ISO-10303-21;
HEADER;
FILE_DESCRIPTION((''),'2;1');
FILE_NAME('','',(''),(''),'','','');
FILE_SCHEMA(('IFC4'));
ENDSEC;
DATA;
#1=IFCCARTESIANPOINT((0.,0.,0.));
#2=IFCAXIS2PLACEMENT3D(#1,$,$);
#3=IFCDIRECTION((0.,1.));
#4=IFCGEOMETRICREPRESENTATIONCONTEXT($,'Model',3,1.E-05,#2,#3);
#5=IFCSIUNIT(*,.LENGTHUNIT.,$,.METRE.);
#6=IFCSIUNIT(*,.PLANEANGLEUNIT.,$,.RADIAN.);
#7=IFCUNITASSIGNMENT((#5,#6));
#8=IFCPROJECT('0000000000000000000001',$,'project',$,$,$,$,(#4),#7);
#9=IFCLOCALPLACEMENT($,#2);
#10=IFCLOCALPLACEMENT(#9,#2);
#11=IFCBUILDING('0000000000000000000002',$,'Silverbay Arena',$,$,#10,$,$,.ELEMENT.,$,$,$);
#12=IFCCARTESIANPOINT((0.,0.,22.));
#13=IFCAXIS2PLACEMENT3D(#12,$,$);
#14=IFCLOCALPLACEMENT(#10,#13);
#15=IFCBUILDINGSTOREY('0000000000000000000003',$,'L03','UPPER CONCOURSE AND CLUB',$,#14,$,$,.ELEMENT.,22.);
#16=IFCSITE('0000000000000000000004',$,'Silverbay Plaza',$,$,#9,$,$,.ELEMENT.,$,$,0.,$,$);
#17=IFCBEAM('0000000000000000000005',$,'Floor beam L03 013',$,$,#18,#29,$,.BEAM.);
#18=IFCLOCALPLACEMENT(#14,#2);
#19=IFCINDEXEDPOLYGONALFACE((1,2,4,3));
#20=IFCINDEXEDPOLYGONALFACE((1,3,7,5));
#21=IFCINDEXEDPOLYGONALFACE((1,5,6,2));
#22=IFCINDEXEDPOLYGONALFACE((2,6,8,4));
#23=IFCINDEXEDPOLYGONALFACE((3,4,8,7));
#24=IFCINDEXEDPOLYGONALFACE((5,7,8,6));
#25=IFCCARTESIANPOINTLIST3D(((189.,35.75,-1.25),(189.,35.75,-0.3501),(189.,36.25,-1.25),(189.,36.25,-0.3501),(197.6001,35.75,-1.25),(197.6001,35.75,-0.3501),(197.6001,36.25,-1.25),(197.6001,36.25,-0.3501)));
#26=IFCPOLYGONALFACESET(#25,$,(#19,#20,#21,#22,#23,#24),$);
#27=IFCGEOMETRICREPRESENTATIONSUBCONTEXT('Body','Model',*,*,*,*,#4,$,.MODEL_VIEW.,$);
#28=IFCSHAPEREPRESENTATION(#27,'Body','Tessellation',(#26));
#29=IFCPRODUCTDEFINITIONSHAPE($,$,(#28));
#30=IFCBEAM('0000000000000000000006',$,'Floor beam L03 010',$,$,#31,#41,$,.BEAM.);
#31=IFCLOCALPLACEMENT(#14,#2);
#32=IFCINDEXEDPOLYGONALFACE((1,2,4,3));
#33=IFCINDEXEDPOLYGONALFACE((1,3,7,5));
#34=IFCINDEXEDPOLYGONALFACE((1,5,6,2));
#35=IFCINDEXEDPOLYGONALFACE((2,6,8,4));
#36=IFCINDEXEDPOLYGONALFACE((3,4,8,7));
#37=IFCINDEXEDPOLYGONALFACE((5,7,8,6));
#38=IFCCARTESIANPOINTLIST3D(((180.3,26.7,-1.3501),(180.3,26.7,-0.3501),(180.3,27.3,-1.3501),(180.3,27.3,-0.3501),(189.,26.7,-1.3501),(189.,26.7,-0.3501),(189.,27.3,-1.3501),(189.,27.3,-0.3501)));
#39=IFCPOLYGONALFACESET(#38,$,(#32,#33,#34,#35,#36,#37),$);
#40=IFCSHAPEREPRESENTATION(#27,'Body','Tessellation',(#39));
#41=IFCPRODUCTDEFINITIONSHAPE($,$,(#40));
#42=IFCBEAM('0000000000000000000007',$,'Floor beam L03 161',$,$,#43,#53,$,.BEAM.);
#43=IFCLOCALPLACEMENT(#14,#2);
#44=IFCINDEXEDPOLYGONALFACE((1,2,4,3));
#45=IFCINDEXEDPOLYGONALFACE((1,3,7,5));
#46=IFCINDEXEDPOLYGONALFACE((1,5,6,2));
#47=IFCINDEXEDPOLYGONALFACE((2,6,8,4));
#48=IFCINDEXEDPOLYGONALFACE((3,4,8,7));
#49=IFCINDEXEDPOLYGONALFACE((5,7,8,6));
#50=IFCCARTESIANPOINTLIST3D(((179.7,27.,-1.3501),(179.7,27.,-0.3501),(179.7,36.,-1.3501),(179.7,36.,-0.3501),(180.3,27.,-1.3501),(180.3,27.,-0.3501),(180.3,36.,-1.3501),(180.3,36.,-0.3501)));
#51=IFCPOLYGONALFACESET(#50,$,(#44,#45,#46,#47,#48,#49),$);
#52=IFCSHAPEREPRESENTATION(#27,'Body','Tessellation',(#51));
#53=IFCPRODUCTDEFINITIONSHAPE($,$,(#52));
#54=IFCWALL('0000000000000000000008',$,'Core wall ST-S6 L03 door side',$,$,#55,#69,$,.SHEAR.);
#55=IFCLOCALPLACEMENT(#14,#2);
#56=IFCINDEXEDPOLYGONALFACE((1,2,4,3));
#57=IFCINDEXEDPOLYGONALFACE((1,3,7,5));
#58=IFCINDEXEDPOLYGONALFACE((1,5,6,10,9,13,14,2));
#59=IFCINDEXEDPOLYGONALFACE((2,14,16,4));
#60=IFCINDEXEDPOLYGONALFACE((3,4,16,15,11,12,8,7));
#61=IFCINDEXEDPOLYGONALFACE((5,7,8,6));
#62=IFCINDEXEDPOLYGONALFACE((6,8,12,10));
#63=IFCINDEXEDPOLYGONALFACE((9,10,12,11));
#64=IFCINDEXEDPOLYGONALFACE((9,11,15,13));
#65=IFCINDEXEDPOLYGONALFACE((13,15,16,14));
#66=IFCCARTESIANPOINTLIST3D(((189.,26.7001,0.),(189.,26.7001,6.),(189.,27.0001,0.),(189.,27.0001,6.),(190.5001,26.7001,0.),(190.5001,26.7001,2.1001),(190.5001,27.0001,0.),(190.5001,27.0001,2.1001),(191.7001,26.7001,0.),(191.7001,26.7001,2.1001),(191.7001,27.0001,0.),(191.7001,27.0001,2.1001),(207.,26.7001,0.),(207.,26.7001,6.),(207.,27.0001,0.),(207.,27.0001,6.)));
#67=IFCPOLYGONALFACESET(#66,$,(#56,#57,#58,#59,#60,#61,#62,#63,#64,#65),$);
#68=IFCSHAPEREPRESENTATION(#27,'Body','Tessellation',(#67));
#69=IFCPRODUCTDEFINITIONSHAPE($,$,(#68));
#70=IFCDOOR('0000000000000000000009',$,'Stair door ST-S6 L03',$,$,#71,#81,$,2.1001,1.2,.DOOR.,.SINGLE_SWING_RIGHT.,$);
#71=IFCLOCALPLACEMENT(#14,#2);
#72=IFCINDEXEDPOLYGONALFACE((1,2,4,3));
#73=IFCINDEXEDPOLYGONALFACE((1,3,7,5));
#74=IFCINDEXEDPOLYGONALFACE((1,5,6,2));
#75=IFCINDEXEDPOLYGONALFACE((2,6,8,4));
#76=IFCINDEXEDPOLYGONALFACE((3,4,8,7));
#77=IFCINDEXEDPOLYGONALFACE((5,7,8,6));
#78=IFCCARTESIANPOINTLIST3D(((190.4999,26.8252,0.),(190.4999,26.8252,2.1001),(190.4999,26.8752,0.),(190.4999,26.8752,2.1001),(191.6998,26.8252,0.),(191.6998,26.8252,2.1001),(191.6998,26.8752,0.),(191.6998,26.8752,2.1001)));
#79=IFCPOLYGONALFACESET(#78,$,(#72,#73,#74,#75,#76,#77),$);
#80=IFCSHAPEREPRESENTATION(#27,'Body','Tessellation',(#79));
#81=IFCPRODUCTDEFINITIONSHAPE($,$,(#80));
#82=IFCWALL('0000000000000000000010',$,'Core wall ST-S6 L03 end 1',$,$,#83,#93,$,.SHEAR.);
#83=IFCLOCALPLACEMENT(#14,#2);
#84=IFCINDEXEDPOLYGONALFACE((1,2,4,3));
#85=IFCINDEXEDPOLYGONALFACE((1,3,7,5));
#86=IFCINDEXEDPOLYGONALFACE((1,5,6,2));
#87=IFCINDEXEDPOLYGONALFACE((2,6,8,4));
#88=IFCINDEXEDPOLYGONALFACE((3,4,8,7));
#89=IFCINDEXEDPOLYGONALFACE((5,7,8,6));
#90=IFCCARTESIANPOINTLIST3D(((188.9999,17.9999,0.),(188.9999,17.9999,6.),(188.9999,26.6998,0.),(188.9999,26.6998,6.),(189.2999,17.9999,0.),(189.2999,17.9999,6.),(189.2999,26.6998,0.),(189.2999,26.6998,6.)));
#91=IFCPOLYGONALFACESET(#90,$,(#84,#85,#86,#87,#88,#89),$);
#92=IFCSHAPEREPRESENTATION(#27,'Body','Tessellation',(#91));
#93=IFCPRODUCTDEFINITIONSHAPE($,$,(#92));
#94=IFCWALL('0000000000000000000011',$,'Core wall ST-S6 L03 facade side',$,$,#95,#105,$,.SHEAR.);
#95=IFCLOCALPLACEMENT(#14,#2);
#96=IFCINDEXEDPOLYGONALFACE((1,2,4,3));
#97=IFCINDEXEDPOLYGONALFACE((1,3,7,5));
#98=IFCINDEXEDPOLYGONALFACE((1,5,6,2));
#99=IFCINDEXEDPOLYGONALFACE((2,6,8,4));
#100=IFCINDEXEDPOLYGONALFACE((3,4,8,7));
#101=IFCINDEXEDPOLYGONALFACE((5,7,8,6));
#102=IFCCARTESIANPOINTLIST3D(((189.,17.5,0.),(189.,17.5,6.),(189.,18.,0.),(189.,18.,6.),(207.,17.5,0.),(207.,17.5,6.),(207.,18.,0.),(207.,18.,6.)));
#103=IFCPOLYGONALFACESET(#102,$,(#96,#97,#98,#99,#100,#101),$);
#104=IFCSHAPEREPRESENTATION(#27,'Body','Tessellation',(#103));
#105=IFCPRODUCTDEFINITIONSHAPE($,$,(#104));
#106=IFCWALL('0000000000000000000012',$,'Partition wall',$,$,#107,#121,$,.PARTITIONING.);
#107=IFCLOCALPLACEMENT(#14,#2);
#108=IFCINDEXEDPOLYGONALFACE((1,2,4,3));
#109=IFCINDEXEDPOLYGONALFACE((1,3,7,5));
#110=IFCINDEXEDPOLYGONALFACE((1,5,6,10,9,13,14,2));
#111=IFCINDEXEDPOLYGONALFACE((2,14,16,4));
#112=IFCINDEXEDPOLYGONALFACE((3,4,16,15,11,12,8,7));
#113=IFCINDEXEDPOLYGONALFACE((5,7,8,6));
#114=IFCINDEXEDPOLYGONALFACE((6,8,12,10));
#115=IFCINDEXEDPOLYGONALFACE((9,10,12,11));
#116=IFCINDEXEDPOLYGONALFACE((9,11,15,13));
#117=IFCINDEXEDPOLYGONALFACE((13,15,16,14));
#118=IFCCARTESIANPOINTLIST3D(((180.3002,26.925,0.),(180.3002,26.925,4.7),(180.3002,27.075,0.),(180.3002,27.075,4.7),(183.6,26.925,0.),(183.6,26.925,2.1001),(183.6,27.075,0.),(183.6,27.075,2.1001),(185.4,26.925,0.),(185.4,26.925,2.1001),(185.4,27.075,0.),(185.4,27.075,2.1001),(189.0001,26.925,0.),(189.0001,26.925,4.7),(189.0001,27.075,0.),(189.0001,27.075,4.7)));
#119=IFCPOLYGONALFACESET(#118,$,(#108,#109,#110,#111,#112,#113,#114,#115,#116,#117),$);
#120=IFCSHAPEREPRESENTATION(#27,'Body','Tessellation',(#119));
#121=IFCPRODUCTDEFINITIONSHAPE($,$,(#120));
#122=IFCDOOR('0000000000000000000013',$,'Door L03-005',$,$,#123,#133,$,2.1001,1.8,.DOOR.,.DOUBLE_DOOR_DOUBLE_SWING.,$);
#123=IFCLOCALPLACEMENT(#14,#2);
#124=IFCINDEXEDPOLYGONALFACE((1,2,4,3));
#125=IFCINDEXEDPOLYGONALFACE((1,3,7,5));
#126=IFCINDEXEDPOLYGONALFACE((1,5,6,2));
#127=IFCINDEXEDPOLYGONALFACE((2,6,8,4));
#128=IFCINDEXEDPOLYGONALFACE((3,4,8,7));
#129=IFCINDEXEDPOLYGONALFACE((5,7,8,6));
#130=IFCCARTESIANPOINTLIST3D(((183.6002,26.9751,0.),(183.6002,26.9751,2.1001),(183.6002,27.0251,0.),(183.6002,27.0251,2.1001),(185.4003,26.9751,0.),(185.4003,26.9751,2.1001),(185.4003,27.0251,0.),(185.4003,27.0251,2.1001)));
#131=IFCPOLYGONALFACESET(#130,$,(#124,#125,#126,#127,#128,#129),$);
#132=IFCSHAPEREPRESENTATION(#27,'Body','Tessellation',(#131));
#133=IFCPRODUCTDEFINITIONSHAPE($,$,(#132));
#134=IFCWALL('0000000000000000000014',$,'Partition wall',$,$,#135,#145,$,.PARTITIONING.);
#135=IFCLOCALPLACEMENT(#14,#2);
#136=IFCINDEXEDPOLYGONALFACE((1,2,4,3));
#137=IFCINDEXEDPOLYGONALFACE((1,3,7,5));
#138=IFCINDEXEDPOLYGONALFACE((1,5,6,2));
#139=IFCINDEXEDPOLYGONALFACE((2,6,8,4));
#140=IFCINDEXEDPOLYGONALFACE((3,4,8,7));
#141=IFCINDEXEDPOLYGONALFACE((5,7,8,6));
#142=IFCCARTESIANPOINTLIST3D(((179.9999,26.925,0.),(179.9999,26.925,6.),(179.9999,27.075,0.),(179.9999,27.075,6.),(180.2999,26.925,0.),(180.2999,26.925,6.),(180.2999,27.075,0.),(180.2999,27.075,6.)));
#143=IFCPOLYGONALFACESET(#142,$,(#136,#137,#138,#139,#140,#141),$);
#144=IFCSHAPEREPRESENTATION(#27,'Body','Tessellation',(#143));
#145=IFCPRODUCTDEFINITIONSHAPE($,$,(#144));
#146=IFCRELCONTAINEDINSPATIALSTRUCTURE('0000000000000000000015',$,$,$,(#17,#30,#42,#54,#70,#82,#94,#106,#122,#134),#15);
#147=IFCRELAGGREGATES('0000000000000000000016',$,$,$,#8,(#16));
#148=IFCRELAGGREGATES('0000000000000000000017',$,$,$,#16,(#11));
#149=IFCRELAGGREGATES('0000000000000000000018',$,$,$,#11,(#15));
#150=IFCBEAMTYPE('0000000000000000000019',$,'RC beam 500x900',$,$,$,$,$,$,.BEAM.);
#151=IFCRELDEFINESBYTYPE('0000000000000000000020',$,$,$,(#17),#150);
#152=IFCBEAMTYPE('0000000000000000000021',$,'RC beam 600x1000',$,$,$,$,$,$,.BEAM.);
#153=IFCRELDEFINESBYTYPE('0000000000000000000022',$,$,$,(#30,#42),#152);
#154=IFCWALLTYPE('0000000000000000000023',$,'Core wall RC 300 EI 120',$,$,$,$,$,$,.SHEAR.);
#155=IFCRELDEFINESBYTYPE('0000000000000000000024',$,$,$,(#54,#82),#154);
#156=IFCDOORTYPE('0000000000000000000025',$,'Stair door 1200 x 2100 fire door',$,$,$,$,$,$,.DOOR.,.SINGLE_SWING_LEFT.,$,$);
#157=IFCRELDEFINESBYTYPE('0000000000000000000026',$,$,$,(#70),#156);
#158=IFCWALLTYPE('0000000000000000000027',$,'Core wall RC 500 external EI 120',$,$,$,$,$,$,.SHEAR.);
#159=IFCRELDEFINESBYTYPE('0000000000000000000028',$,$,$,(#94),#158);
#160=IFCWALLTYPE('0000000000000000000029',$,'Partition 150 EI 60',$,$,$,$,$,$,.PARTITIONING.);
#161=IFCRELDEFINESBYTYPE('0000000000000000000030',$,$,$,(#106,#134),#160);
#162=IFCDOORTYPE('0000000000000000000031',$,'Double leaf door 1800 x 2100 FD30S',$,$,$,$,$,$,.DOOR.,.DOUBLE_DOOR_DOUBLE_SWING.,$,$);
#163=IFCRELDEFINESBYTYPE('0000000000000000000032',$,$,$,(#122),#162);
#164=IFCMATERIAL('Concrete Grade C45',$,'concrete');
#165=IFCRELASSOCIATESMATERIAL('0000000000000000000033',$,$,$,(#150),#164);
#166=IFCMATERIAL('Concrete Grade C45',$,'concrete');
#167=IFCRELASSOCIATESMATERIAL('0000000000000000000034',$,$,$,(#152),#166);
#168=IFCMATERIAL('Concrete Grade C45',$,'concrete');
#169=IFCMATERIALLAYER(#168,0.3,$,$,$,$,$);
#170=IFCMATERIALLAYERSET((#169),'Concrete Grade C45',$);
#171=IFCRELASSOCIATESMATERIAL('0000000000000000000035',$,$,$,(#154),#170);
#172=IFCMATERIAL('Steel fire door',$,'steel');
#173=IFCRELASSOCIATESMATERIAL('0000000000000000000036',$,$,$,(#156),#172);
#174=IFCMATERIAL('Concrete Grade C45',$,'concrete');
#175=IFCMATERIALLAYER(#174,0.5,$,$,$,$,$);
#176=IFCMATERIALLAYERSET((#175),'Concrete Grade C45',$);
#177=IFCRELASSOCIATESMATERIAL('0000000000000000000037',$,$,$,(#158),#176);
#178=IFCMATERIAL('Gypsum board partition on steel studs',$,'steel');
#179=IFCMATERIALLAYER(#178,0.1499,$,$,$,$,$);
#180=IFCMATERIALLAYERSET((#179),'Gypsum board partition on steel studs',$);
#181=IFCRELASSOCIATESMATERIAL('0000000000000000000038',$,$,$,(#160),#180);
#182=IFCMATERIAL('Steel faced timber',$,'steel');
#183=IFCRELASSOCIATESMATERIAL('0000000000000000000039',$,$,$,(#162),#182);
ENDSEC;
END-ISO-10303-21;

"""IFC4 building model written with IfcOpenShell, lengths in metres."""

from ifc_helpers import new_model, si_unit, direction, frame, frame_2d, origin, origin_2d, place, context, subcontext, project, spatial, rectangle, extrude, material, layer, layer_set, material_profile, profile_set, type_object, element, fill, save


model = new_model("IFC4")

# Units and contexts
model_context = context("Model", 3, precision=1e-05, world=origin(), true_north=direction((0.0, 1.0)))
body_context = subcontext(model_context, "Body", "Model", "MODEL_VIEW")
ifc_project = project(units=[si_unit("LENGTHUNIT", "METRE"), si_unit("PLANEANGLEUNIT", "RADIAN")], contexts=[model_context])

# Site, building, storey
site_placement = place(None, origin())
site = spatial("IfcSite", under=ifc_project, at=site_placement, Name="Silverbay Plaza", CompositionType="ELEMENT", RefElevation=0.0)
building_placement = place(site_placement, origin())
building = spatial("IfcBuilding", under=site, at=building_placement, Name="Silverbay Arena", CompositionType="ELEMENT")
storey_placement = place(building_placement, frame((0.0, 0.0, 22.0)))
storey = spatial("IfcBuildingStorey", under=building, at=storey_placement, Name="L03", Description="UPPER CONCOURSE AND CLUB", CompositionType="ELEMENT", Elevation=22.0)

# Beams
ifc_material_1 = material(Name="Concrete Grade C45", Category="concrete")
ifc_material_profile_1 = material_profile(ifc_material_1, rectangle(XDim=0.5, YDim=0.8999, at=origin_2d()), Name="RC 500x900")
ifc_profile_set_1 = profile_set([ifc_material_profile_1], Name="Concrete Grade C45")
beam_type_1 = type_object("IfcBeamType", Name="RC beam 500x900", PredefinedType="BEAM", material=ifc_profile_set_1)
beam_1_placement = place(storey_placement, frame((189.0, 36.0, -0.8), z_axis=(1.0, 0.0, 0.0), x_axis=(0.0, 1.0, 0.0)))
element("IfcBeam", 1, at=beam_1_placement, inside=storey, type_object=beam_type_1, Name="Floor beam L03 013", PredefinedType="BEAM", context=body_context, shape_type="SweptSolid", body=[
    extrude(rectangle(XDim=0.5, YDim=0.8999, at=origin_2d()), origin(), (0.0, 0.0, 1.0), 8.6001),
])
ifc_material_2 = material(Name="Concrete Grade C45", Category="concrete")
ifc_material_profile_2 = material_profile(ifc_material_2, rectangle(XDim=0.6001, YDim=1.0, at=origin_2d()), Name="RC 600x1000")
ifc_profile_set_2 = profile_set([ifc_material_profile_2], Name="Concrete Grade C45")
beam_type_2 = type_object("IfcBeamType", Name="RC beam 600x1000", PredefinedType="BEAM", material=ifc_profile_set_2)
beam_2_placement = place(storey_placement, frame((180.3, 27.0, -0.8501), z_axis=(1.0, 0.0, 0.0), x_axis=(0.0, 1.0, 0.0)))
element("IfcBeam", 2, at=beam_2_placement, inside=storey, type_object=beam_type_2, Name="Floor beam L03 010", PredefinedType="BEAM", context=body_context, shape_type="SweptSolid", body=[
    extrude(rectangle(XDim=0.6001, YDim=1.0, at=origin_2d()), origin(), (0.0, 0.0, 1.0), 8.7),
])
beam_3_placement = place(storey_placement, frame((180.0, 27.0, -0.8501), z_axis=(0.0, 1.0, 0.0), x_axis=(-1.0, 0.0, 0.0)))
element("IfcBeam", 3, at=beam_3_placement, inside=storey, type_object=beam_type_2, Name="Floor beam L03 161", PredefinedType="BEAM", context=body_context, shape_type="SweptSolid", body=[
    extrude(rectangle(XDim=0.6001, YDim=1.0, at=origin_2d()), origin(), (0.0, 0.0, 1.0), 9.0),
])

# Wall, opening, door
ifc_material_3 = material(Name="Concrete Grade C45", Category="concrete")
ifc_layer_1 = layer(ifc_material_3, 0.3)
ifc_layer_set_1 = layer_set([ifc_layer_1], Name="Concrete Grade C45")
wall_type_1 = type_object("IfcWallType", Name="Core wall RC 300 EI 120", PredefinedType="SHEAR", material=ifc_layer_set_1)
wall_1_placement = place(storey_placement, frame((189.0, 26.8501, 0.0), z_axis=(0.0, 0.0, 1.0), x_axis=(1.0, 0.0, 0.0)))
wall_1 = element("IfcWall", 4, at=wall_1_placement, inside=storey, type_object=wall_type_1, Name="Core wall ST-S6 L03 door side", PredefinedType="SHEAR", context=body_context, shape_type="SweptSolid", body=[
    extrude(rectangle(XDim=18.0, YDim=0.3, at=frame_2d((9.0, 0.0))), origin(), (0.0, 0.0, 1.0), 6.0),
])
opening_1_placement = place(wall_1_placement, frame((1.5, 0.0, 0.0)))
opening_1 = element("IfcOpeningElement", 5, at=opening_1_placement, cuts=wall_1, PredefinedType="OPENING", context=body_context, shape_type="SweptSolid", body=[
    extrude(rectangle(XDim=1.2, YDim=2.1001, at=frame_2d((0.6001, 1.05))), frame((0.0, 0.1602, 0.0), z_axis=(0.0, -1.0, 0.0), x_axis=(1.0, 0.0, 0.0)), (0.0, 0.0, 1.0), 0.3201),
])
ifc_material_4 = material(Name="Steel fire door", Category="steel")
door_type_1 = type_object("IfcDoorType", Name="Stair door 1200 x 2100 fire door", OperationType="SINGLE_SWING_LEFT", PredefinedType="DOOR", material=ifc_material_4)
door_1_placement = place(opening_1_placement, frame((1.2, 0.0, 0.0), z_axis=(0.0, 0.0, 1.0), x_axis=(-1.0, 0.0, 0.0)))
door_1 = element("IfcDoor", 6, at=door_1_placement, inside=storey, type_object=door_type_1, Name="Stair door ST-S6 L03", OperationType="SINGLE_SWING_RIGHT", OverallHeight=2.1001, OverallWidth=1.2, PredefinedType="DOOR", context=body_context, shape_type="SweptSolid", body=[
    extrude(rectangle(XDim=1.2, YDim=2.1001, at=frame_2d((0.6001, 1.05))), frame((0.0, 0.0249, 0.0), z_axis=(0.0, -1.0, 0.0), x_axis=(1.0, 0.0, 0.0)), (0.0, 0.0, 1.0), 0.05),
])
fill(opening_1, door_1)

# Walls
wall_2_placement = place(storey_placement, frame((189.1499, 26.7, 0.0), z_axis=(0.0, 0.0, 1.0), x_axis=(0.0, -1.0, 0.0)))
element("IfcWall", 7, at=wall_2_placement, inside=storey, type_object=wall_type_1, Name="Core wall ST-S6 L03 end 1", PredefinedType="SHEAR", context=body_context, shape_type="SweptSolid", body=[
    extrude(rectangle(XDim=8.7, YDim=0.3, at=frame_2d((4.3501, 0.0))), origin(), (0.0, 0.0, 1.0), 6.0),
])
ifc_material_5 = material(Name="Concrete Grade C45", Category="concrete")
ifc_layer_2 = layer(ifc_material_5, 0.5)
ifc_layer_set_2 = layer_set([ifc_layer_2], Name="Concrete Grade C45")
wall_type_2 = type_object("IfcWallType", Name="Core wall RC 500 external EI 120", PredefinedType="SHEAR", material=ifc_layer_set_2)
wall_3_placement = place(storey_placement, frame((189.0, 17.75, 0.0), z_axis=(0.0, 0.0, 1.0), x_axis=(1.0, 0.0, 0.0)))
element("IfcWall", 8, at=wall_3_placement, inside=storey, type_object=wall_type_2, Name="Core wall ST-S6 L03 facade side", PredefinedType="SHEAR", context=body_context, shape_type="SweptSolid", body=[
    extrude(rectangle(XDim=18.0, YDim=0.5, at=frame_2d((9.0, 0.0))), origin(), (0.0, 0.0, 1.0), 6.0),
])

# Wall, opening, door
ifc_material_6 = material(Name="Gypsum board partition on steel studs", Category="steel")
ifc_layer_3 = layer(ifc_material_6, 0.1499)
ifc_layer_set_3 = layer_set([ifc_layer_3], Name="Gypsum board partition on steel studs")
wall_type_3 = type_object("IfcWallType", Name="Partition 150 EI 60", PredefinedType="PARTITIONING", material=ifc_layer_set_3)
wall_4_placement = place(storey_placement, frame((180.3, 27.0, 0.0), z_axis=(0.0, 0.0, 1.0), x_axis=(1.0, 0.0, 0.0)))
wall_4 = element("IfcWall", 9, at=wall_4_placement, inside=storey, type_object=wall_type_3, Name="Partition wall", PredefinedType="PARTITIONING", context=body_context, shape_type="SweptSolid", body=[
    extrude(rectangle(XDim=8.7, YDim=0.1499, at=frame_2d((4.3501, 0.0))), origin(), (0.0, 0.0, 1.0), 4.7),
])
opening_2_placement = place(wall_4_placement, frame((3.3, 0.0, 0.0)))
opening_2 = element("IfcOpeningElement", 10, at=opening_2_placement, cuts=wall_4, PredefinedType="OPENING", context=body_context, shape_type="SweptSolid", body=[
    extrude(rectangle(XDim=1.8, YDim=2.1001, at=frame_2d((0.8999, 1.05))), frame((0.0, 0.085, 0.0), z_axis=(0.0, -1.0, 0.0), x_axis=(1.0, 0.0, 0.0)), (0.0, 0.0, 1.0), 0.1699),
])
ifc_material_7 = material(Name="Steel faced timber", Category="steel")
door_type_2 = type_object("IfcDoorType", Name="Double leaf door 1800 x 2100 FD30S", OperationType="DOUBLE_DOOR_DOUBLE_SWING", PredefinedType="DOOR", material=ifc_material_7)
door_2_placement = place(opening_2_placement, frame((1.8, 0.0, 0.0), z_axis=(0.0, 0.0, 1.0), x_axis=(-1.0, 0.0, 0.0)))
door_2 = element("IfcDoor", 11, at=door_2_placement, inside=storey, type_object=door_type_2, Name="Door L03-005", OperationType="DOUBLE_DOOR_DOUBLE_SWING", OverallHeight=2.1001, OverallWidth=1.8, PredefinedType="DOOR", context=body_context, shape_type="SweptSolid", body=[
    extrude(rectangle(XDim=1.8, YDim=2.1001, at=frame_2d((0.8999, 1.05))), frame((0.0, 0.0249, 0.0), z_axis=(0.0, -1.0, 0.0), x_axis=(1.0, 0.0, 0.0)), (0.0, 0.0, 1.0), 0.05),
])
fill(opening_2, door_2)

# Wall
wall_5_placement = place(storey_placement, frame((180.0, 27.0, 0.0), z_axis=(0.0, 0.0, 1.0), x_axis=(1.0, 0.0, 0.0)))
element("IfcWall", 12, at=wall_5_placement, inside=storey, type_object=wall_type_3, Name="Partition wall", PredefinedType="PARTITIONING", context=body_context, shape_type="SweptSolid", body=[
    extrude(rectangle(XDim=0.3, YDim=0.1499, at=frame_2d((0.1499, 0.0))), origin(), (0.0, 0.0, 1.0), 6.0),
])

save(model, "model.ifc")
